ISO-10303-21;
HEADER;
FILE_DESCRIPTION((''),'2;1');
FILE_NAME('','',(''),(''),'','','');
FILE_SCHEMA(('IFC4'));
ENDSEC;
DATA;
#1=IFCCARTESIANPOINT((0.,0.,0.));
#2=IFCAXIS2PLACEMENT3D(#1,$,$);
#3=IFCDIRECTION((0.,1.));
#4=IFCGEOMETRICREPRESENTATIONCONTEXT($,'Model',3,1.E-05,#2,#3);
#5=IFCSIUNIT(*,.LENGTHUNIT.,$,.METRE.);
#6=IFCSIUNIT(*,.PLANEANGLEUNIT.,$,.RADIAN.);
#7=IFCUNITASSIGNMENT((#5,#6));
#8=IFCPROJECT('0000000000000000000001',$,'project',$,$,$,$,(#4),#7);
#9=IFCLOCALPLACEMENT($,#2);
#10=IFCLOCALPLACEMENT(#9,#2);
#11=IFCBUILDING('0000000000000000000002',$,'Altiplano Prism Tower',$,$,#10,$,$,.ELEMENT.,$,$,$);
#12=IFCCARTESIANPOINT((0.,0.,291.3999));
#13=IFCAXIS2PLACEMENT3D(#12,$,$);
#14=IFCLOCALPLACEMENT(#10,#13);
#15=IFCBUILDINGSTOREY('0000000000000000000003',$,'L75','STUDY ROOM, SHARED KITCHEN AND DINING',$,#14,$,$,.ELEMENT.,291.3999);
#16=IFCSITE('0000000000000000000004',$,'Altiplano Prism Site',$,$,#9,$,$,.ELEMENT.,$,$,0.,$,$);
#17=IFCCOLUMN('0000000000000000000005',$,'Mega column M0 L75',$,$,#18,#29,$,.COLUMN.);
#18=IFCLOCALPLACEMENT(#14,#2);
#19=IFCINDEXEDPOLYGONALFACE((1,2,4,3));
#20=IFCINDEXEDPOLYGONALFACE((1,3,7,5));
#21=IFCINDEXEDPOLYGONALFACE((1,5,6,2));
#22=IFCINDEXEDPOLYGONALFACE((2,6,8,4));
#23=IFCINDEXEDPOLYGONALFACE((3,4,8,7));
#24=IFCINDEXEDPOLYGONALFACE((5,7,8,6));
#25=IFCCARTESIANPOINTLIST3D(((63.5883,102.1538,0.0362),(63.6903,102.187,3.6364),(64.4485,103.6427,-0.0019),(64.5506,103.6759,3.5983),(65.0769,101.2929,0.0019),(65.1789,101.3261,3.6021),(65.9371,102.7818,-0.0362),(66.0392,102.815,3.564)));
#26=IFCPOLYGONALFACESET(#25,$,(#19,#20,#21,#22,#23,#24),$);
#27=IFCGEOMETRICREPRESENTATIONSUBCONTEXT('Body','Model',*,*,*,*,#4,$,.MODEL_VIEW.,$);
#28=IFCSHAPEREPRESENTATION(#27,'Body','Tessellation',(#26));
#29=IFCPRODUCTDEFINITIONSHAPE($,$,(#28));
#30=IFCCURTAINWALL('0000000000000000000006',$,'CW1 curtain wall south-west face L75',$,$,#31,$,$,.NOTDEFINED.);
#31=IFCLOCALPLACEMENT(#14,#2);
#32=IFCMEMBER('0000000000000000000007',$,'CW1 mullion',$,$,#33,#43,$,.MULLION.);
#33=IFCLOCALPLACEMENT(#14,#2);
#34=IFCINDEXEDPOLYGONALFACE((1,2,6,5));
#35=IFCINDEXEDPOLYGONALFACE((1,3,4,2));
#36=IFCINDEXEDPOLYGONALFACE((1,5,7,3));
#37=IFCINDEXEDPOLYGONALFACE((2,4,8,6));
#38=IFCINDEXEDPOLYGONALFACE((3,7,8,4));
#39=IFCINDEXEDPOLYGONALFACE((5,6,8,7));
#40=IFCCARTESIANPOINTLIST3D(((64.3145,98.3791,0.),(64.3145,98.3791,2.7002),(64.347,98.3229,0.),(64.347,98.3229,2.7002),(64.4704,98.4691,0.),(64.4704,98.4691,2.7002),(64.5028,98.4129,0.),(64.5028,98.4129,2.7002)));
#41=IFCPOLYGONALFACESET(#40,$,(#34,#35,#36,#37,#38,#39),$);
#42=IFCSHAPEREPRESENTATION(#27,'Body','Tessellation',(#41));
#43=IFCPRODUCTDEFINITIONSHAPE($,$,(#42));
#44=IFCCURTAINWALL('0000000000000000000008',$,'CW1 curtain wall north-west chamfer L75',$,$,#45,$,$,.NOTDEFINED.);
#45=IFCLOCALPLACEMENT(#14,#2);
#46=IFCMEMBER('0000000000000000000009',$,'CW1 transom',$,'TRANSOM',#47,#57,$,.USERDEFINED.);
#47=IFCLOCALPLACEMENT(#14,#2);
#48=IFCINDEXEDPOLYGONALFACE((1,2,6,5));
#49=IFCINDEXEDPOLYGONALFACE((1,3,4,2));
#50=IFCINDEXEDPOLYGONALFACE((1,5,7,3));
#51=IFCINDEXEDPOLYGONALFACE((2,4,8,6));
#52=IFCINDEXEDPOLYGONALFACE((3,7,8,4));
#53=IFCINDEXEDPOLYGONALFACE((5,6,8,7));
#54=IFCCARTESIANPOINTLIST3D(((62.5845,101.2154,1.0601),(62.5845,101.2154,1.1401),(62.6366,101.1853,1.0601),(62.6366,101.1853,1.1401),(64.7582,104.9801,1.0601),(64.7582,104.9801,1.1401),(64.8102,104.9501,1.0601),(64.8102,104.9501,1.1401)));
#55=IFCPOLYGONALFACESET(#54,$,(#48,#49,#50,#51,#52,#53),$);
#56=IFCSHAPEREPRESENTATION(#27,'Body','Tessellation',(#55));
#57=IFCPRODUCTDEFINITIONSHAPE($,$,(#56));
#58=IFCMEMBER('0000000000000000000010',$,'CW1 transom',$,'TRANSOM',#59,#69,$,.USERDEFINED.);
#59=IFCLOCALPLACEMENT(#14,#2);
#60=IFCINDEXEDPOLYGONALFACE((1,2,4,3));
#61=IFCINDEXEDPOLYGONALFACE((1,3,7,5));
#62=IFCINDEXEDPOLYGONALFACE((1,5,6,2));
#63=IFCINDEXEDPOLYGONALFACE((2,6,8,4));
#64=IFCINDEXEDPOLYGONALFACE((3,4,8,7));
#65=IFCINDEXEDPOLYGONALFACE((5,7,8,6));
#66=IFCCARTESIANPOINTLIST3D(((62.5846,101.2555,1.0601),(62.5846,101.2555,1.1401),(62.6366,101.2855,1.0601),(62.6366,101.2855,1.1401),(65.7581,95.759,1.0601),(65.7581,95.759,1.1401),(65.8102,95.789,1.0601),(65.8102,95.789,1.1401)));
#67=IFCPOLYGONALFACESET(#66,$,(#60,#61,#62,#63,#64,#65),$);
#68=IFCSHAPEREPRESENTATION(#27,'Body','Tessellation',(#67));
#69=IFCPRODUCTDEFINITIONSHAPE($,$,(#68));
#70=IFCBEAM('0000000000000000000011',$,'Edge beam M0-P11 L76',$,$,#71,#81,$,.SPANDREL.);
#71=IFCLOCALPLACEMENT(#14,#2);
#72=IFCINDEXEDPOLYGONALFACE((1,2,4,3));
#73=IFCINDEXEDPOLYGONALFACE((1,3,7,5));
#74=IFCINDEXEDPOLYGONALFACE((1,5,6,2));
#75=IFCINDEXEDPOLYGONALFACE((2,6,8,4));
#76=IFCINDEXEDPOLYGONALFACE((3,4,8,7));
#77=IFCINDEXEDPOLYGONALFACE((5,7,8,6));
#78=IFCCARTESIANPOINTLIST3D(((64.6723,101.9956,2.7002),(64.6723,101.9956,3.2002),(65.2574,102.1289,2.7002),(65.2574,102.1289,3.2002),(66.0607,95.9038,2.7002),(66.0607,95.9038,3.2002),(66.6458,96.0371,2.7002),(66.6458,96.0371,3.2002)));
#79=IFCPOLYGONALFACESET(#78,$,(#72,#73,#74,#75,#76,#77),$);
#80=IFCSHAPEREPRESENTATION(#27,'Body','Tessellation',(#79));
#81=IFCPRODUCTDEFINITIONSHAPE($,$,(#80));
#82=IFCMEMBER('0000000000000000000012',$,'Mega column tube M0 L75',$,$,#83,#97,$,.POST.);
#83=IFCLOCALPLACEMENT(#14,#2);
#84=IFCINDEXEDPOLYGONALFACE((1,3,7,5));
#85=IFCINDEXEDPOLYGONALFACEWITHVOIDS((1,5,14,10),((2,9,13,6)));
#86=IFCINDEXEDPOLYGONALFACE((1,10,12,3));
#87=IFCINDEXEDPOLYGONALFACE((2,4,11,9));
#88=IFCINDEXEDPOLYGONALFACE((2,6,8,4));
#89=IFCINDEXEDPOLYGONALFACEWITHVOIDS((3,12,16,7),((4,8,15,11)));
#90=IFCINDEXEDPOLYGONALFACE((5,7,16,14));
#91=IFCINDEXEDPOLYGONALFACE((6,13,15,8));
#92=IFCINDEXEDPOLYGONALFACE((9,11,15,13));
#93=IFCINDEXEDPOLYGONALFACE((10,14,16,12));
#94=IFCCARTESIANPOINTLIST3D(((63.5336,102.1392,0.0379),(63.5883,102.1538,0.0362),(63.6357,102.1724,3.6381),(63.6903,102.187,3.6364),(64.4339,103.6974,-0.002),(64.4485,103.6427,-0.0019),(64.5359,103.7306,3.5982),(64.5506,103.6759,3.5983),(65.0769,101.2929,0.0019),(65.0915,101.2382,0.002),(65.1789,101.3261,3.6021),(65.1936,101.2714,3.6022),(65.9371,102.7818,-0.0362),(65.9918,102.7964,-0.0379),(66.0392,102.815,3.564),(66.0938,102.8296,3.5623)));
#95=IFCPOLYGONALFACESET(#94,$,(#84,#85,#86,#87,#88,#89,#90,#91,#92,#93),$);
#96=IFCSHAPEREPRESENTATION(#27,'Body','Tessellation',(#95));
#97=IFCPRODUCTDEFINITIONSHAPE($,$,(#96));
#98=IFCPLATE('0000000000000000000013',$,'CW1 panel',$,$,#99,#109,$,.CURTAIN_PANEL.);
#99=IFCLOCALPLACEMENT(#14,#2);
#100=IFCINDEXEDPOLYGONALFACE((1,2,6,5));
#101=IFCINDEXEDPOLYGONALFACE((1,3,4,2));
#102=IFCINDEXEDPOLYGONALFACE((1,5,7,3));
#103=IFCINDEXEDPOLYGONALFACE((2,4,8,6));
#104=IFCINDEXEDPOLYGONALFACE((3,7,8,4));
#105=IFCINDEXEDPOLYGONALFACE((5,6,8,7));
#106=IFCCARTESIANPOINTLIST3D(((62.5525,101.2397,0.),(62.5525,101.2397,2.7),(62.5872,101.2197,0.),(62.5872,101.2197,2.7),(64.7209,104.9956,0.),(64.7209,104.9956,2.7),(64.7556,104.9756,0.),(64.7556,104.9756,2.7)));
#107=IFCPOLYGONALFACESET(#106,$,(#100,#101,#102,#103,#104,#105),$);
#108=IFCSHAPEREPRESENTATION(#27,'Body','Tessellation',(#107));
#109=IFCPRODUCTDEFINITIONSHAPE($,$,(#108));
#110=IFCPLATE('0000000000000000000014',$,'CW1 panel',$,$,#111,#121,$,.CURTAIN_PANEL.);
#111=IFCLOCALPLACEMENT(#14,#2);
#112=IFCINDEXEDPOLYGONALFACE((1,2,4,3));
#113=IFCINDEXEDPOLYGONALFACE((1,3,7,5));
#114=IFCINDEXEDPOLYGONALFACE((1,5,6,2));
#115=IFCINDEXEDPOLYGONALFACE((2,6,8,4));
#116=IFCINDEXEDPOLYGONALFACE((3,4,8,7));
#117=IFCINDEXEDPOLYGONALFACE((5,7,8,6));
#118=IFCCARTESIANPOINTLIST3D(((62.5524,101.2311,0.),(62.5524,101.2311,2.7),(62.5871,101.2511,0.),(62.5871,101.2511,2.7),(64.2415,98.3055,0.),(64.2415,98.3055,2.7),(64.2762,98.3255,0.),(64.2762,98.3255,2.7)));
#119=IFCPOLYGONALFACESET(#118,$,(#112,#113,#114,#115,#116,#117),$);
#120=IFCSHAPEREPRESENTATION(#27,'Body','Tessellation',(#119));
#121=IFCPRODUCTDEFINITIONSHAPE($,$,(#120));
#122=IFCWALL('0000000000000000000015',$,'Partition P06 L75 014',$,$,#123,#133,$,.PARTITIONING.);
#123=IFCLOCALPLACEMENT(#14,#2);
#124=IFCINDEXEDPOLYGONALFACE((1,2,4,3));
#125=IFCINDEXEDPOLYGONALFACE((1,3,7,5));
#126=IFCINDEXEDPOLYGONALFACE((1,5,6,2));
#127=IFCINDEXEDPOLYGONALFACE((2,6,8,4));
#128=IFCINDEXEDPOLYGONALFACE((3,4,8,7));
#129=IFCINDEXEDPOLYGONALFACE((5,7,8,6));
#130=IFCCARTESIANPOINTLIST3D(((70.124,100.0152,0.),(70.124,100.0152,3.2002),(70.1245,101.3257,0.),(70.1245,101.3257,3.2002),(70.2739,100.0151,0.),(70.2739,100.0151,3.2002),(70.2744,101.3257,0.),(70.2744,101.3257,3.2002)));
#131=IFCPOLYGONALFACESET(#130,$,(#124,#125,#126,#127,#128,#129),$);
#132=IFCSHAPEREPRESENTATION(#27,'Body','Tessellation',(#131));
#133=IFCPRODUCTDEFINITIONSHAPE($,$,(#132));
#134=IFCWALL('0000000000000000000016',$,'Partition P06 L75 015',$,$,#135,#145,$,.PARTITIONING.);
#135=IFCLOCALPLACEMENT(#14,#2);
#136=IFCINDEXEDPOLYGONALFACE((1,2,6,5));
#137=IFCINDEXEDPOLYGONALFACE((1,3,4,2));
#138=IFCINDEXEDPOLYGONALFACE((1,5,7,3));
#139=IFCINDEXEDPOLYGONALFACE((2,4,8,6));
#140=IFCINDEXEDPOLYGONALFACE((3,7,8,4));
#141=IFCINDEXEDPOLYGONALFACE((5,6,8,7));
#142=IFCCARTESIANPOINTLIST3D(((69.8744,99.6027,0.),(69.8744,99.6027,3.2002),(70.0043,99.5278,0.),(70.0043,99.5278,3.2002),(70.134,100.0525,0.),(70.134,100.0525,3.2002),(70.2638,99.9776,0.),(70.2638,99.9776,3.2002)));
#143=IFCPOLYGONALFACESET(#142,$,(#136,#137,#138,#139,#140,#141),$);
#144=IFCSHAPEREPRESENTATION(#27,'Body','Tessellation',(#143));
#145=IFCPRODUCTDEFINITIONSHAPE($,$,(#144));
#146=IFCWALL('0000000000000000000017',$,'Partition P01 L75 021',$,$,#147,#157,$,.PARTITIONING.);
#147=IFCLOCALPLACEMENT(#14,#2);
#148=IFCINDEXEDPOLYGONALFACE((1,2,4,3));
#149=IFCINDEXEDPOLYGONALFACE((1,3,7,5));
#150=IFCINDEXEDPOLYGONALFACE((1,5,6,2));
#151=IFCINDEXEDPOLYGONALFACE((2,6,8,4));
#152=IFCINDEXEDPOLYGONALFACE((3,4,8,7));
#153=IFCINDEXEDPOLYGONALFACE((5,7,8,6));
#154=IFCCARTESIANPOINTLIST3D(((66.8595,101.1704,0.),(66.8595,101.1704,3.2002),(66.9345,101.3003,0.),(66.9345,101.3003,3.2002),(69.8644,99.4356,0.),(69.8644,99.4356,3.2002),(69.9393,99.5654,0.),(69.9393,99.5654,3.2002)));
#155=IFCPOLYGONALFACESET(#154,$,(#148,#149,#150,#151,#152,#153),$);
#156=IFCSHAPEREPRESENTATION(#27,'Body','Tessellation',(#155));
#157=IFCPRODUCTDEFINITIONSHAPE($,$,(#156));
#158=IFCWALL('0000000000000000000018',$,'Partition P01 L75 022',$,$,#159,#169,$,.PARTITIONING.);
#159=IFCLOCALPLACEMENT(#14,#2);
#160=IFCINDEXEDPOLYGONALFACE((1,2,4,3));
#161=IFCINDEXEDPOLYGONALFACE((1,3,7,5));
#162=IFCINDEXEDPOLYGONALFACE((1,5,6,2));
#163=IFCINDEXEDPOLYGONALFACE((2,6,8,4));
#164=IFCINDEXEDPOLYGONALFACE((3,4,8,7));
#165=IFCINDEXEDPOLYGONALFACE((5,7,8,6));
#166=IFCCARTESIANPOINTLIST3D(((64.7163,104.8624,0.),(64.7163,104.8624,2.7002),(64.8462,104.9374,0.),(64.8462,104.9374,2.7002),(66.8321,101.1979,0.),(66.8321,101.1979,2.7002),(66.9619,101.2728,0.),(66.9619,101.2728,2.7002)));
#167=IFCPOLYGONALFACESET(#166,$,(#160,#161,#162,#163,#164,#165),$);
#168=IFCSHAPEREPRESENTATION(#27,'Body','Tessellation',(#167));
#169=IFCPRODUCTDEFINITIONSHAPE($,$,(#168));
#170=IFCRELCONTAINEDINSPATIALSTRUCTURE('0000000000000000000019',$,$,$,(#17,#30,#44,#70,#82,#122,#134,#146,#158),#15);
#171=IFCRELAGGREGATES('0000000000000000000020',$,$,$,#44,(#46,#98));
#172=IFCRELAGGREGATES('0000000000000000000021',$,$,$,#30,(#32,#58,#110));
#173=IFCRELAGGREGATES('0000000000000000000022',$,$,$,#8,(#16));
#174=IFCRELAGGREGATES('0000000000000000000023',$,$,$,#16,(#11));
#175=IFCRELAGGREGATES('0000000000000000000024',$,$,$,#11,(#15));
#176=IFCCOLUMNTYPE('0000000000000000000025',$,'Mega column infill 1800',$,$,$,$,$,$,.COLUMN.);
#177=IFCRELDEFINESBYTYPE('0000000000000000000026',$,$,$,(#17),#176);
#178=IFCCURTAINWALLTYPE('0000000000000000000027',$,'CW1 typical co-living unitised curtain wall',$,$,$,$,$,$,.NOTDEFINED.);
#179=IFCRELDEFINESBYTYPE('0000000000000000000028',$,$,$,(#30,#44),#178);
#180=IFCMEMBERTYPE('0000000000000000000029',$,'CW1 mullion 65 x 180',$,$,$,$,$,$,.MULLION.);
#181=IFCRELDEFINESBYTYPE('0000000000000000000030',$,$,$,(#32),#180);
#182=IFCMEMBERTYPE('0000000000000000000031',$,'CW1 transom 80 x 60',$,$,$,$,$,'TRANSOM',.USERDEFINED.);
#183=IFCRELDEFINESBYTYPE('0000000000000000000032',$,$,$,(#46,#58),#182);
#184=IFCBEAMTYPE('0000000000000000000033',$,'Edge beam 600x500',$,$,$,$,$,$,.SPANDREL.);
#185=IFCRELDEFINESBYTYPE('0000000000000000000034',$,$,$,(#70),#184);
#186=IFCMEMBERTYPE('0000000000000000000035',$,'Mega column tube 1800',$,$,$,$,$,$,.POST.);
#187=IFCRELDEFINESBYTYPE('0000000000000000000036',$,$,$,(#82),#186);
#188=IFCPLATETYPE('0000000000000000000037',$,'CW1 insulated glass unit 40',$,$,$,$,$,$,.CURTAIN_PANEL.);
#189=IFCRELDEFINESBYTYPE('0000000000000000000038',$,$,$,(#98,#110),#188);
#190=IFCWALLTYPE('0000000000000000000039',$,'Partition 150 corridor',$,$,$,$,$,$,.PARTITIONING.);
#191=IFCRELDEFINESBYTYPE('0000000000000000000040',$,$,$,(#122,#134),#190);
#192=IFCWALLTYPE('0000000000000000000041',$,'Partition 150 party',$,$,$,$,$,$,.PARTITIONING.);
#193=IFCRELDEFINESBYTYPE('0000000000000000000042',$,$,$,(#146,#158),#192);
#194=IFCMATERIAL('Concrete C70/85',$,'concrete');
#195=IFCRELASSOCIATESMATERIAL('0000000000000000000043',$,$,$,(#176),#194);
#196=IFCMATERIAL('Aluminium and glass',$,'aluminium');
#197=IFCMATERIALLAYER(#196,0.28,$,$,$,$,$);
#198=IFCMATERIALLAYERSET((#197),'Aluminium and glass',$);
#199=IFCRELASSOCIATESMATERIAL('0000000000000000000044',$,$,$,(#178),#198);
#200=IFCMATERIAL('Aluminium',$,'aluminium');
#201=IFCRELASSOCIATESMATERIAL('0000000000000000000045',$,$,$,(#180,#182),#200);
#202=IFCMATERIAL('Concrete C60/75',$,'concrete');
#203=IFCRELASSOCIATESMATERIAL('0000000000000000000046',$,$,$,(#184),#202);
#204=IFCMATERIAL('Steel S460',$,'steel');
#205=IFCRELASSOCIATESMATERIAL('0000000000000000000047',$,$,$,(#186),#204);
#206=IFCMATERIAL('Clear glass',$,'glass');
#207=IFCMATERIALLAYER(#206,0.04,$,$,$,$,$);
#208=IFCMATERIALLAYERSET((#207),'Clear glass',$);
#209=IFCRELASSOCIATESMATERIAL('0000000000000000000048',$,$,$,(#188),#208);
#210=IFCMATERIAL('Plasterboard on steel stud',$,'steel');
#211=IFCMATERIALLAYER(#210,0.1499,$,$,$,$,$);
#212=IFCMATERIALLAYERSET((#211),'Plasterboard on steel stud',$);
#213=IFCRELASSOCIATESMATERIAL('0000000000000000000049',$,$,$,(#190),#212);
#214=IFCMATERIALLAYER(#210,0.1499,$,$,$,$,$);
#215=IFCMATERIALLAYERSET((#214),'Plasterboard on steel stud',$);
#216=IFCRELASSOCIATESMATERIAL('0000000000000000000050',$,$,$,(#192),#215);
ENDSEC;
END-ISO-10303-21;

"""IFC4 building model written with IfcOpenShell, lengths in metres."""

from ifc_helpers import new_model, si_unit, direction, frame, frame_2d, origin, origin_2d, place, context, subcontext, project, spatial, rectangle, hollow_rectangle, extrude, material, layer, layer_set, material_profile, profile_set, type_object, element, aggregate, save


model = new_model("IFC4")

# Units and contexts
model_context = context("Model", 3, precision=1e-05, world=origin(), true_north=direction((0.0, 1.0)))
body_context = subcontext(model_context, "Body", "Model", "MODEL_VIEW")
ifc_project = project(units=[si_unit("LENGTHUNIT", "METRE"), si_unit("PLANEANGLEUNIT", "RADIAN")], contexts=[model_context])

# Site, building, storey
site_placement = place(None, origin())
site = spatial("IfcSite", under=ifc_project, at=site_placement, Name="Altiplano Prism Site", CompositionType="ELEMENT", RefElevation=0.0)
building_placement = place(site_placement, origin())
building = spatial("IfcBuilding", under=site, at=building_placement, Name="Altiplano Prism Tower", CompositionType="ELEMENT")
storey_placement = place(building_placement, frame((0.0, 0.0, 291.3999)))
storey = spatial("IfcBuildingStorey", under=building, at=storey_placement, Name="L75", Description="STUDY ROOM, SHARED KITCHEN AND DINING", CompositionType="ELEMENT", Elevation=291.3999)

# Column
ifc_material_1 = material(Name="Concrete C70/85", Category="concrete")
ifc_material_profile_1 = material_profile(ifc_material_1, rectangle(XDim=1.72, YDim=1.72, at=origin_2d()), Name="Mega column infill 1800")
ifc_profile_set_1 = profile_set([ifc_material_profile_1], Name="Concrete C70/85")
column_type = type_object("IfcColumnType", Name="Mega column infill 1800", PredefinedType="COLUMN", material=ifc_profile_set_1)
column_placement = place(storey_placement, frame((64.7627, 102.4678, 0.0), z_axis=(0.028334, 0.009219, 0.999556), x_axis=(-0.865482, 0.500544, 0.019917)))
element("IfcColumn", 1, at=column_placement, inside=storey, type_object=column_type, Name="Mega column M0 L75", PredefinedType="COLUMN", context=body_context, shape_type="SweptSolid", body=[
    extrude(rectangle(XDim=1.72, YDim=1.72, at=origin_2d()), origin(), (0.0, 0.0, 1.0), 3.6018),
])

# Curtain walls, members
ifc_material_2 = material(Name="Aluminium and glass", Category="aluminium")
ifc_layer_1 = layer(ifc_material_2, 0.28)
ifc_layer_set_1 = layer_set([ifc_layer_1], Name="Aluminium and glass")
curtain_wall_type = type_object("IfcCurtainWallType", Name="CW1 typical co-living unitised curtain wall", PredefinedType="NOTDEFINED", material=ifc_layer_set_1)
curtain_wall_1_placement = place(storey_placement, origin())
curtain_wall_1 = element("IfcCurtainWall", 2, at=curtain_wall_1_placement, inside=storey, type_object=curtain_wall_type, Name="CW1 curtain wall south-west face L75", PredefinedType="NOTDEFINED")
ifc_material_3 = material(Name="Aluminium", Category="aluminium")
ifc_material_profile_2 = material_profile(ifc_material_3, rectangle(XDim=0.1799, YDim=0.0649, at=origin_2d()), Name="CW1 mullion 65 x 180")
ifc_profile_set_2 = profile_set([ifc_material_profile_2], Name="Aluminium")
member_type_1 = type_object("IfcMemberType", Name="CW1 mullion 65 x 180", PredefinedType="MULLION", material=ifc_profile_set_2)
member_1_placement = place(storey_placement, frame((64.4087, 98.396, 0.0), z_axis=(0.0, 0.0, 1.0), x_axis=(0.866025, 0.5, 0.0)))
member_1 = element("IfcMember", 3, at=member_1_placement, type_object=member_type_1, Name="CW1 mullion", PredefinedType="MULLION", context=body_context, shape_type="SweptSolid", body=[
    extrude(rectangle(XDim=0.1799, YDim=0.0649, at=origin_2d()), origin(), (0.0, 0.0, 1.0), 2.7002),
])
curtain_wall_2_placement = place(storey_placement, origin())
curtain_wall_2 = element("IfcCurtainWall", 4, at=curtain_wall_2_placement, inside=storey, type_object=curtain_wall_type, Name="CW1 curtain wall north-west chamfer L75", PredefinedType="NOTDEFINED")
ifc_material_profile_3 = material_profile(ifc_material_3, rectangle(XDim=0.0601, YDim=0.0801, at=origin_2d()), Name="CW1 transom 80 x 60")
ifc_profile_set_3 = profile_set([ifc_material_profile_3], Name="Aluminium")
member_type_2 = type_object("IfcMemberType", Name="CW1 transom 80 x 60", ElementType="TRANSOM", PredefinedType="USERDEFINED", material=ifc_profile_set_3)
member_2_placement = place(storey_placement, frame((64.7842, 104.9651, 1.1001), z_axis=(-0.500011, -0.866019, 0.0), x_axis=(0.866019, -0.500011, 0.0)))
member_2 = element("IfcMember", 5, at=member_2_placement, type_object=member_type_2, Name="CW1 transom", ObjectType="TRANSOM", PredefinedType="USERDEFINED", context=body_context, shape_type="SweptSolid", body=[
    extrude(rectangle(XDim=0.0601, YDim=0.0801, at=origin_2d()), origin(), (0.0, 0.0, 1.0), 4.3472),
])

# Member
member_3_placement = place(storey_placement, frame((62.6106, 101.2705, 1.1001), z_axis=(0.500015, -0.866016, 0.0), x_axis=(0.866016, 0.500015, 0.0)))
member_3 = element("IfcMember", 6, at=member_3_placement, type_object=member_type_2, Name="CW1 transom", ObjectType="TRANSOM", PredefinedType="USERDEFINED", context=body_context, shape_type="SweptSolid", body=[
    extrude(rectangle(XDim=0.0601, YDim=0.0801, at=origin_2d()), origin(), (0.0, 0.0, 1.0), 6.3469),
])

# Beam
ifc_material_4 = material(Name="Concrete C60/75", Category="concrete")
ifc_material_profile_4 = material_profile(ifc_material_4, rectangle(XDim=0.6001, YDim=0.5, at=origin_2d()), Name="Edge beam 600x500")
ifc_profile_set_4 = profile_set([ifc_material_profile_4], Name="Concrete C60/75")
beam_type = type_object("IfcBeamType", Name="Edge beam 600x500", PredefinedType="SPANDREL", material=ifc_profile_set_4)
beam_placement = place(storey_placement, frame((64.9648, 102.0623, 2.9502), z_axis=(0.222219, -0.974997, 0.0), x_axis=(0.974997, 0.222219, 0.0)))
element("IfcBeam", 7, at=beam_placement, inside=storey, type_object=beam_type, Name="Edge beam M0-P11 L76", PredefinedType="SPANDREL", context=body_context, shape_type="SweptSolid", body=[
    extrude(rectangle(XDim=0.6001, YDim=0.5, at=origin_2d()), origin(), (0.0, 0.0, 1.0), 6.248),
])

# Member
ifc_material_5 = material(Name="Steel S460", Category="steel")
ifc_material_profile_5 = material_profile(ifc_material_5, hollow_rectangle(XDim=1.8, YDim=1.8, WallThickness=0.04, at=origin_2d()), Name="Mega column tube 1800")
ifc_profile_set_5 = profile_set([ifc_material_profile_5], Name="Steel S460")
member_type_3 = type_object("IfcMemberType", Name="Mega column tube 1800", PredefinedType="POST", material=ifc_profile_set_5)
member_4_placement = place(storey_placement, frame((64.7627, 102.4678, 0.0), z_axis=(0.028334, 0.009219, 0.999556), x_axis=(-0.865482, 0.500544, 0.019917)))
element("IfcMember", 8, at=member_4_placement, inside=storey, type_object=member_type_3, Name="Mega column tube M0 L75", PredefinedType="POST", context=body_context, shape_type="SweptSolid", body=[
    extrude(hollow_rectangle(XDim=1.8, YDim=1.8, WallThickness=0.04, at=origin_2d()), origin(), (0.0, 0.0, 1.0), 3.6018),
])

# Plates
ifc_material_6 = material(Name="Clear glass", Category="glass")
ifc_layer_2 = layer(ifc_material_6, 0.04)
ifc_layer_set_2 = layer_set([ifc_layer_2], Name="Clear glass")
plate_type = type_object("IfcPlateType", Name="CW1 insulated glass unit 40", PredefinedType="CURTAIN_PANEL", material=ifc_layer_set_2)
plate_1_placement = place(storey_placement, frame((63.6541, 103.1077, 0.0), z_axis=(0.0, 0.0, 1.0), x_axis=(-0.5, -0.866025, 0.0)))
plate_1 = element("IfcPlate", 9, at=plate_1_placement, type_object=plate_type, Name="CW1 panel", PredefinedType="CURTAIN_PANEL", context=body_context, shape_type="SweptSolid", body=[
    extrude(rectangle(XDim=4.3369, YDim=0.04, at=origin_2d()), origin(), (0.0, 0.0, 1.0), 2.7),
])
aggregate(curtain_wall_2, [member_2, plate_1])
plate_2_placement = place(storey_placement, frame((63.4143, 99.7783, 0.0), z_axis=(0.0, 0.0, 1.0), x_axis=(0.5, -0.866025, 0.0)))
plate_2 = element("IfcPlate", 10, at=plate_2_placement, type_object=plate_type, Name="CW1 panel", PredefinedType="CURTAIN_PANEL", context=body_context, shape_type="SweptSolid", body=[
    extrude(rectangle(XDim=3.3782, YDim=0.04, at=origin_2d()), origin(), (0.0, 0.0, 1.0), 2.7),
])
aggregate(curtain_wall_1, [member_1, member_3, plate_2])

# Walls
ifc_material_7 = material(Name="Plasterboard on steel stud", Category="steel")
ifc_layer_3 = layer(ifc_material_7, 0.1499)
ifc_layer_set_3 = layer_set([ifc_layer_3], Name="Plasterboard on steel stud")
wall_type_1 = type_object("IfcWallType", Name="Partition 150 corridor", PredefinedType="PARTITIONING", material=ifc_layer_set_3)
wall_1_placement = place(storey_placement, frame((70.1995, 101.3257, 0.0), z_axis=(0.0, 0.0, 1.0), x_axis=(-0.000373, -1.0, 0.0)))
element("IfcWall", 11, at=wall_1_placement, inside=storey, type_object=wall_type_1, Name="Partition P06 L75 014", PredefinedType="PARTITIONING", context=body_context, shape_type="SweptSolid", body=[
    extrude(rectangle(XDim=1.3105, YDim=0.1499, at=frame_2d((0.6553, 0.0))), origin(), (0.0, 0.0, 1.0), 3.2002),
])
wall_2_placement = place(storey_placement, frame((70.199, 100.0151, 0.0), z_axis=(0.0, 0.0, 1.0), x_axis=(-0.499831, -0.866123, 0.0)))
element("IfcWall", 12, at=wall_2_placement, inside=storey, type_object=wall_type_1, Name="Partition P06 L75 015", PredefinedType="PARTITIONING", context=body_context, shape_type="SweptSolid", body=[
    extrude(rectangle(XDim=0.5193, YDim=0.1499, at=frame_2d((0.2598, 0.0))), origin(), (0.0, 0.0, 1.0), 3.2002),
])
ifc_layer_4 = layer(ifc_material_7, 0.1499)
ifc_layer_set_4 = layer_set([ifc_layer_4], Name="Plasterboard on steel stud")
wall_type_2 = type_object("IfcWallType", Name="Partition 150 party", PredefinedType="PARTITIONING", material=ifc_layer_set_4)
wall_3_placement = place(storey_placement, frame((69.9019, 99.5005, 0.0), z_axis=(0.0, 0.0, 1.0), x_axis=(-0.866026, 0.499999, 0.0)))
element("IfcWall", 13, at=wall_3_placement, inside=storey, type_object=wall_type_2, Name="Partition P01 L75 021", PredefinedType="PARTITIONING", context=body_context, shape_type="SweptSolid", body=[
    extrude(rectangle(XDim=3.4697, YDim=0.1499, at=frame_2d((1.7349, 0.0))), origin(), (0.0, 0.0, 1.0), 3.2002),
])
wall_4_placement = place(storey_placement, frame((66.897, 101.2354, 0.0), z_axis=(0.0, 0.0, 1.0), x_axis=(-0.499999, 0.866026, 0.0)))
element("IfcWall", 14, at=wall_4_placement, inside=storey, type_object=wall_type_2, Name="Partition P01 L75 022", PredefinedType="PARTITIONING", context=body_context, shape_type="SweptSolid", body=[
    extrude(rectangle(XDim=4.2314, YDim=0.1499, at=frame_2d((2.1157, 0.0))), origin(), (0.0, 0.0, 1.0), 2.7002),
])

save(model, "model.ifc")
